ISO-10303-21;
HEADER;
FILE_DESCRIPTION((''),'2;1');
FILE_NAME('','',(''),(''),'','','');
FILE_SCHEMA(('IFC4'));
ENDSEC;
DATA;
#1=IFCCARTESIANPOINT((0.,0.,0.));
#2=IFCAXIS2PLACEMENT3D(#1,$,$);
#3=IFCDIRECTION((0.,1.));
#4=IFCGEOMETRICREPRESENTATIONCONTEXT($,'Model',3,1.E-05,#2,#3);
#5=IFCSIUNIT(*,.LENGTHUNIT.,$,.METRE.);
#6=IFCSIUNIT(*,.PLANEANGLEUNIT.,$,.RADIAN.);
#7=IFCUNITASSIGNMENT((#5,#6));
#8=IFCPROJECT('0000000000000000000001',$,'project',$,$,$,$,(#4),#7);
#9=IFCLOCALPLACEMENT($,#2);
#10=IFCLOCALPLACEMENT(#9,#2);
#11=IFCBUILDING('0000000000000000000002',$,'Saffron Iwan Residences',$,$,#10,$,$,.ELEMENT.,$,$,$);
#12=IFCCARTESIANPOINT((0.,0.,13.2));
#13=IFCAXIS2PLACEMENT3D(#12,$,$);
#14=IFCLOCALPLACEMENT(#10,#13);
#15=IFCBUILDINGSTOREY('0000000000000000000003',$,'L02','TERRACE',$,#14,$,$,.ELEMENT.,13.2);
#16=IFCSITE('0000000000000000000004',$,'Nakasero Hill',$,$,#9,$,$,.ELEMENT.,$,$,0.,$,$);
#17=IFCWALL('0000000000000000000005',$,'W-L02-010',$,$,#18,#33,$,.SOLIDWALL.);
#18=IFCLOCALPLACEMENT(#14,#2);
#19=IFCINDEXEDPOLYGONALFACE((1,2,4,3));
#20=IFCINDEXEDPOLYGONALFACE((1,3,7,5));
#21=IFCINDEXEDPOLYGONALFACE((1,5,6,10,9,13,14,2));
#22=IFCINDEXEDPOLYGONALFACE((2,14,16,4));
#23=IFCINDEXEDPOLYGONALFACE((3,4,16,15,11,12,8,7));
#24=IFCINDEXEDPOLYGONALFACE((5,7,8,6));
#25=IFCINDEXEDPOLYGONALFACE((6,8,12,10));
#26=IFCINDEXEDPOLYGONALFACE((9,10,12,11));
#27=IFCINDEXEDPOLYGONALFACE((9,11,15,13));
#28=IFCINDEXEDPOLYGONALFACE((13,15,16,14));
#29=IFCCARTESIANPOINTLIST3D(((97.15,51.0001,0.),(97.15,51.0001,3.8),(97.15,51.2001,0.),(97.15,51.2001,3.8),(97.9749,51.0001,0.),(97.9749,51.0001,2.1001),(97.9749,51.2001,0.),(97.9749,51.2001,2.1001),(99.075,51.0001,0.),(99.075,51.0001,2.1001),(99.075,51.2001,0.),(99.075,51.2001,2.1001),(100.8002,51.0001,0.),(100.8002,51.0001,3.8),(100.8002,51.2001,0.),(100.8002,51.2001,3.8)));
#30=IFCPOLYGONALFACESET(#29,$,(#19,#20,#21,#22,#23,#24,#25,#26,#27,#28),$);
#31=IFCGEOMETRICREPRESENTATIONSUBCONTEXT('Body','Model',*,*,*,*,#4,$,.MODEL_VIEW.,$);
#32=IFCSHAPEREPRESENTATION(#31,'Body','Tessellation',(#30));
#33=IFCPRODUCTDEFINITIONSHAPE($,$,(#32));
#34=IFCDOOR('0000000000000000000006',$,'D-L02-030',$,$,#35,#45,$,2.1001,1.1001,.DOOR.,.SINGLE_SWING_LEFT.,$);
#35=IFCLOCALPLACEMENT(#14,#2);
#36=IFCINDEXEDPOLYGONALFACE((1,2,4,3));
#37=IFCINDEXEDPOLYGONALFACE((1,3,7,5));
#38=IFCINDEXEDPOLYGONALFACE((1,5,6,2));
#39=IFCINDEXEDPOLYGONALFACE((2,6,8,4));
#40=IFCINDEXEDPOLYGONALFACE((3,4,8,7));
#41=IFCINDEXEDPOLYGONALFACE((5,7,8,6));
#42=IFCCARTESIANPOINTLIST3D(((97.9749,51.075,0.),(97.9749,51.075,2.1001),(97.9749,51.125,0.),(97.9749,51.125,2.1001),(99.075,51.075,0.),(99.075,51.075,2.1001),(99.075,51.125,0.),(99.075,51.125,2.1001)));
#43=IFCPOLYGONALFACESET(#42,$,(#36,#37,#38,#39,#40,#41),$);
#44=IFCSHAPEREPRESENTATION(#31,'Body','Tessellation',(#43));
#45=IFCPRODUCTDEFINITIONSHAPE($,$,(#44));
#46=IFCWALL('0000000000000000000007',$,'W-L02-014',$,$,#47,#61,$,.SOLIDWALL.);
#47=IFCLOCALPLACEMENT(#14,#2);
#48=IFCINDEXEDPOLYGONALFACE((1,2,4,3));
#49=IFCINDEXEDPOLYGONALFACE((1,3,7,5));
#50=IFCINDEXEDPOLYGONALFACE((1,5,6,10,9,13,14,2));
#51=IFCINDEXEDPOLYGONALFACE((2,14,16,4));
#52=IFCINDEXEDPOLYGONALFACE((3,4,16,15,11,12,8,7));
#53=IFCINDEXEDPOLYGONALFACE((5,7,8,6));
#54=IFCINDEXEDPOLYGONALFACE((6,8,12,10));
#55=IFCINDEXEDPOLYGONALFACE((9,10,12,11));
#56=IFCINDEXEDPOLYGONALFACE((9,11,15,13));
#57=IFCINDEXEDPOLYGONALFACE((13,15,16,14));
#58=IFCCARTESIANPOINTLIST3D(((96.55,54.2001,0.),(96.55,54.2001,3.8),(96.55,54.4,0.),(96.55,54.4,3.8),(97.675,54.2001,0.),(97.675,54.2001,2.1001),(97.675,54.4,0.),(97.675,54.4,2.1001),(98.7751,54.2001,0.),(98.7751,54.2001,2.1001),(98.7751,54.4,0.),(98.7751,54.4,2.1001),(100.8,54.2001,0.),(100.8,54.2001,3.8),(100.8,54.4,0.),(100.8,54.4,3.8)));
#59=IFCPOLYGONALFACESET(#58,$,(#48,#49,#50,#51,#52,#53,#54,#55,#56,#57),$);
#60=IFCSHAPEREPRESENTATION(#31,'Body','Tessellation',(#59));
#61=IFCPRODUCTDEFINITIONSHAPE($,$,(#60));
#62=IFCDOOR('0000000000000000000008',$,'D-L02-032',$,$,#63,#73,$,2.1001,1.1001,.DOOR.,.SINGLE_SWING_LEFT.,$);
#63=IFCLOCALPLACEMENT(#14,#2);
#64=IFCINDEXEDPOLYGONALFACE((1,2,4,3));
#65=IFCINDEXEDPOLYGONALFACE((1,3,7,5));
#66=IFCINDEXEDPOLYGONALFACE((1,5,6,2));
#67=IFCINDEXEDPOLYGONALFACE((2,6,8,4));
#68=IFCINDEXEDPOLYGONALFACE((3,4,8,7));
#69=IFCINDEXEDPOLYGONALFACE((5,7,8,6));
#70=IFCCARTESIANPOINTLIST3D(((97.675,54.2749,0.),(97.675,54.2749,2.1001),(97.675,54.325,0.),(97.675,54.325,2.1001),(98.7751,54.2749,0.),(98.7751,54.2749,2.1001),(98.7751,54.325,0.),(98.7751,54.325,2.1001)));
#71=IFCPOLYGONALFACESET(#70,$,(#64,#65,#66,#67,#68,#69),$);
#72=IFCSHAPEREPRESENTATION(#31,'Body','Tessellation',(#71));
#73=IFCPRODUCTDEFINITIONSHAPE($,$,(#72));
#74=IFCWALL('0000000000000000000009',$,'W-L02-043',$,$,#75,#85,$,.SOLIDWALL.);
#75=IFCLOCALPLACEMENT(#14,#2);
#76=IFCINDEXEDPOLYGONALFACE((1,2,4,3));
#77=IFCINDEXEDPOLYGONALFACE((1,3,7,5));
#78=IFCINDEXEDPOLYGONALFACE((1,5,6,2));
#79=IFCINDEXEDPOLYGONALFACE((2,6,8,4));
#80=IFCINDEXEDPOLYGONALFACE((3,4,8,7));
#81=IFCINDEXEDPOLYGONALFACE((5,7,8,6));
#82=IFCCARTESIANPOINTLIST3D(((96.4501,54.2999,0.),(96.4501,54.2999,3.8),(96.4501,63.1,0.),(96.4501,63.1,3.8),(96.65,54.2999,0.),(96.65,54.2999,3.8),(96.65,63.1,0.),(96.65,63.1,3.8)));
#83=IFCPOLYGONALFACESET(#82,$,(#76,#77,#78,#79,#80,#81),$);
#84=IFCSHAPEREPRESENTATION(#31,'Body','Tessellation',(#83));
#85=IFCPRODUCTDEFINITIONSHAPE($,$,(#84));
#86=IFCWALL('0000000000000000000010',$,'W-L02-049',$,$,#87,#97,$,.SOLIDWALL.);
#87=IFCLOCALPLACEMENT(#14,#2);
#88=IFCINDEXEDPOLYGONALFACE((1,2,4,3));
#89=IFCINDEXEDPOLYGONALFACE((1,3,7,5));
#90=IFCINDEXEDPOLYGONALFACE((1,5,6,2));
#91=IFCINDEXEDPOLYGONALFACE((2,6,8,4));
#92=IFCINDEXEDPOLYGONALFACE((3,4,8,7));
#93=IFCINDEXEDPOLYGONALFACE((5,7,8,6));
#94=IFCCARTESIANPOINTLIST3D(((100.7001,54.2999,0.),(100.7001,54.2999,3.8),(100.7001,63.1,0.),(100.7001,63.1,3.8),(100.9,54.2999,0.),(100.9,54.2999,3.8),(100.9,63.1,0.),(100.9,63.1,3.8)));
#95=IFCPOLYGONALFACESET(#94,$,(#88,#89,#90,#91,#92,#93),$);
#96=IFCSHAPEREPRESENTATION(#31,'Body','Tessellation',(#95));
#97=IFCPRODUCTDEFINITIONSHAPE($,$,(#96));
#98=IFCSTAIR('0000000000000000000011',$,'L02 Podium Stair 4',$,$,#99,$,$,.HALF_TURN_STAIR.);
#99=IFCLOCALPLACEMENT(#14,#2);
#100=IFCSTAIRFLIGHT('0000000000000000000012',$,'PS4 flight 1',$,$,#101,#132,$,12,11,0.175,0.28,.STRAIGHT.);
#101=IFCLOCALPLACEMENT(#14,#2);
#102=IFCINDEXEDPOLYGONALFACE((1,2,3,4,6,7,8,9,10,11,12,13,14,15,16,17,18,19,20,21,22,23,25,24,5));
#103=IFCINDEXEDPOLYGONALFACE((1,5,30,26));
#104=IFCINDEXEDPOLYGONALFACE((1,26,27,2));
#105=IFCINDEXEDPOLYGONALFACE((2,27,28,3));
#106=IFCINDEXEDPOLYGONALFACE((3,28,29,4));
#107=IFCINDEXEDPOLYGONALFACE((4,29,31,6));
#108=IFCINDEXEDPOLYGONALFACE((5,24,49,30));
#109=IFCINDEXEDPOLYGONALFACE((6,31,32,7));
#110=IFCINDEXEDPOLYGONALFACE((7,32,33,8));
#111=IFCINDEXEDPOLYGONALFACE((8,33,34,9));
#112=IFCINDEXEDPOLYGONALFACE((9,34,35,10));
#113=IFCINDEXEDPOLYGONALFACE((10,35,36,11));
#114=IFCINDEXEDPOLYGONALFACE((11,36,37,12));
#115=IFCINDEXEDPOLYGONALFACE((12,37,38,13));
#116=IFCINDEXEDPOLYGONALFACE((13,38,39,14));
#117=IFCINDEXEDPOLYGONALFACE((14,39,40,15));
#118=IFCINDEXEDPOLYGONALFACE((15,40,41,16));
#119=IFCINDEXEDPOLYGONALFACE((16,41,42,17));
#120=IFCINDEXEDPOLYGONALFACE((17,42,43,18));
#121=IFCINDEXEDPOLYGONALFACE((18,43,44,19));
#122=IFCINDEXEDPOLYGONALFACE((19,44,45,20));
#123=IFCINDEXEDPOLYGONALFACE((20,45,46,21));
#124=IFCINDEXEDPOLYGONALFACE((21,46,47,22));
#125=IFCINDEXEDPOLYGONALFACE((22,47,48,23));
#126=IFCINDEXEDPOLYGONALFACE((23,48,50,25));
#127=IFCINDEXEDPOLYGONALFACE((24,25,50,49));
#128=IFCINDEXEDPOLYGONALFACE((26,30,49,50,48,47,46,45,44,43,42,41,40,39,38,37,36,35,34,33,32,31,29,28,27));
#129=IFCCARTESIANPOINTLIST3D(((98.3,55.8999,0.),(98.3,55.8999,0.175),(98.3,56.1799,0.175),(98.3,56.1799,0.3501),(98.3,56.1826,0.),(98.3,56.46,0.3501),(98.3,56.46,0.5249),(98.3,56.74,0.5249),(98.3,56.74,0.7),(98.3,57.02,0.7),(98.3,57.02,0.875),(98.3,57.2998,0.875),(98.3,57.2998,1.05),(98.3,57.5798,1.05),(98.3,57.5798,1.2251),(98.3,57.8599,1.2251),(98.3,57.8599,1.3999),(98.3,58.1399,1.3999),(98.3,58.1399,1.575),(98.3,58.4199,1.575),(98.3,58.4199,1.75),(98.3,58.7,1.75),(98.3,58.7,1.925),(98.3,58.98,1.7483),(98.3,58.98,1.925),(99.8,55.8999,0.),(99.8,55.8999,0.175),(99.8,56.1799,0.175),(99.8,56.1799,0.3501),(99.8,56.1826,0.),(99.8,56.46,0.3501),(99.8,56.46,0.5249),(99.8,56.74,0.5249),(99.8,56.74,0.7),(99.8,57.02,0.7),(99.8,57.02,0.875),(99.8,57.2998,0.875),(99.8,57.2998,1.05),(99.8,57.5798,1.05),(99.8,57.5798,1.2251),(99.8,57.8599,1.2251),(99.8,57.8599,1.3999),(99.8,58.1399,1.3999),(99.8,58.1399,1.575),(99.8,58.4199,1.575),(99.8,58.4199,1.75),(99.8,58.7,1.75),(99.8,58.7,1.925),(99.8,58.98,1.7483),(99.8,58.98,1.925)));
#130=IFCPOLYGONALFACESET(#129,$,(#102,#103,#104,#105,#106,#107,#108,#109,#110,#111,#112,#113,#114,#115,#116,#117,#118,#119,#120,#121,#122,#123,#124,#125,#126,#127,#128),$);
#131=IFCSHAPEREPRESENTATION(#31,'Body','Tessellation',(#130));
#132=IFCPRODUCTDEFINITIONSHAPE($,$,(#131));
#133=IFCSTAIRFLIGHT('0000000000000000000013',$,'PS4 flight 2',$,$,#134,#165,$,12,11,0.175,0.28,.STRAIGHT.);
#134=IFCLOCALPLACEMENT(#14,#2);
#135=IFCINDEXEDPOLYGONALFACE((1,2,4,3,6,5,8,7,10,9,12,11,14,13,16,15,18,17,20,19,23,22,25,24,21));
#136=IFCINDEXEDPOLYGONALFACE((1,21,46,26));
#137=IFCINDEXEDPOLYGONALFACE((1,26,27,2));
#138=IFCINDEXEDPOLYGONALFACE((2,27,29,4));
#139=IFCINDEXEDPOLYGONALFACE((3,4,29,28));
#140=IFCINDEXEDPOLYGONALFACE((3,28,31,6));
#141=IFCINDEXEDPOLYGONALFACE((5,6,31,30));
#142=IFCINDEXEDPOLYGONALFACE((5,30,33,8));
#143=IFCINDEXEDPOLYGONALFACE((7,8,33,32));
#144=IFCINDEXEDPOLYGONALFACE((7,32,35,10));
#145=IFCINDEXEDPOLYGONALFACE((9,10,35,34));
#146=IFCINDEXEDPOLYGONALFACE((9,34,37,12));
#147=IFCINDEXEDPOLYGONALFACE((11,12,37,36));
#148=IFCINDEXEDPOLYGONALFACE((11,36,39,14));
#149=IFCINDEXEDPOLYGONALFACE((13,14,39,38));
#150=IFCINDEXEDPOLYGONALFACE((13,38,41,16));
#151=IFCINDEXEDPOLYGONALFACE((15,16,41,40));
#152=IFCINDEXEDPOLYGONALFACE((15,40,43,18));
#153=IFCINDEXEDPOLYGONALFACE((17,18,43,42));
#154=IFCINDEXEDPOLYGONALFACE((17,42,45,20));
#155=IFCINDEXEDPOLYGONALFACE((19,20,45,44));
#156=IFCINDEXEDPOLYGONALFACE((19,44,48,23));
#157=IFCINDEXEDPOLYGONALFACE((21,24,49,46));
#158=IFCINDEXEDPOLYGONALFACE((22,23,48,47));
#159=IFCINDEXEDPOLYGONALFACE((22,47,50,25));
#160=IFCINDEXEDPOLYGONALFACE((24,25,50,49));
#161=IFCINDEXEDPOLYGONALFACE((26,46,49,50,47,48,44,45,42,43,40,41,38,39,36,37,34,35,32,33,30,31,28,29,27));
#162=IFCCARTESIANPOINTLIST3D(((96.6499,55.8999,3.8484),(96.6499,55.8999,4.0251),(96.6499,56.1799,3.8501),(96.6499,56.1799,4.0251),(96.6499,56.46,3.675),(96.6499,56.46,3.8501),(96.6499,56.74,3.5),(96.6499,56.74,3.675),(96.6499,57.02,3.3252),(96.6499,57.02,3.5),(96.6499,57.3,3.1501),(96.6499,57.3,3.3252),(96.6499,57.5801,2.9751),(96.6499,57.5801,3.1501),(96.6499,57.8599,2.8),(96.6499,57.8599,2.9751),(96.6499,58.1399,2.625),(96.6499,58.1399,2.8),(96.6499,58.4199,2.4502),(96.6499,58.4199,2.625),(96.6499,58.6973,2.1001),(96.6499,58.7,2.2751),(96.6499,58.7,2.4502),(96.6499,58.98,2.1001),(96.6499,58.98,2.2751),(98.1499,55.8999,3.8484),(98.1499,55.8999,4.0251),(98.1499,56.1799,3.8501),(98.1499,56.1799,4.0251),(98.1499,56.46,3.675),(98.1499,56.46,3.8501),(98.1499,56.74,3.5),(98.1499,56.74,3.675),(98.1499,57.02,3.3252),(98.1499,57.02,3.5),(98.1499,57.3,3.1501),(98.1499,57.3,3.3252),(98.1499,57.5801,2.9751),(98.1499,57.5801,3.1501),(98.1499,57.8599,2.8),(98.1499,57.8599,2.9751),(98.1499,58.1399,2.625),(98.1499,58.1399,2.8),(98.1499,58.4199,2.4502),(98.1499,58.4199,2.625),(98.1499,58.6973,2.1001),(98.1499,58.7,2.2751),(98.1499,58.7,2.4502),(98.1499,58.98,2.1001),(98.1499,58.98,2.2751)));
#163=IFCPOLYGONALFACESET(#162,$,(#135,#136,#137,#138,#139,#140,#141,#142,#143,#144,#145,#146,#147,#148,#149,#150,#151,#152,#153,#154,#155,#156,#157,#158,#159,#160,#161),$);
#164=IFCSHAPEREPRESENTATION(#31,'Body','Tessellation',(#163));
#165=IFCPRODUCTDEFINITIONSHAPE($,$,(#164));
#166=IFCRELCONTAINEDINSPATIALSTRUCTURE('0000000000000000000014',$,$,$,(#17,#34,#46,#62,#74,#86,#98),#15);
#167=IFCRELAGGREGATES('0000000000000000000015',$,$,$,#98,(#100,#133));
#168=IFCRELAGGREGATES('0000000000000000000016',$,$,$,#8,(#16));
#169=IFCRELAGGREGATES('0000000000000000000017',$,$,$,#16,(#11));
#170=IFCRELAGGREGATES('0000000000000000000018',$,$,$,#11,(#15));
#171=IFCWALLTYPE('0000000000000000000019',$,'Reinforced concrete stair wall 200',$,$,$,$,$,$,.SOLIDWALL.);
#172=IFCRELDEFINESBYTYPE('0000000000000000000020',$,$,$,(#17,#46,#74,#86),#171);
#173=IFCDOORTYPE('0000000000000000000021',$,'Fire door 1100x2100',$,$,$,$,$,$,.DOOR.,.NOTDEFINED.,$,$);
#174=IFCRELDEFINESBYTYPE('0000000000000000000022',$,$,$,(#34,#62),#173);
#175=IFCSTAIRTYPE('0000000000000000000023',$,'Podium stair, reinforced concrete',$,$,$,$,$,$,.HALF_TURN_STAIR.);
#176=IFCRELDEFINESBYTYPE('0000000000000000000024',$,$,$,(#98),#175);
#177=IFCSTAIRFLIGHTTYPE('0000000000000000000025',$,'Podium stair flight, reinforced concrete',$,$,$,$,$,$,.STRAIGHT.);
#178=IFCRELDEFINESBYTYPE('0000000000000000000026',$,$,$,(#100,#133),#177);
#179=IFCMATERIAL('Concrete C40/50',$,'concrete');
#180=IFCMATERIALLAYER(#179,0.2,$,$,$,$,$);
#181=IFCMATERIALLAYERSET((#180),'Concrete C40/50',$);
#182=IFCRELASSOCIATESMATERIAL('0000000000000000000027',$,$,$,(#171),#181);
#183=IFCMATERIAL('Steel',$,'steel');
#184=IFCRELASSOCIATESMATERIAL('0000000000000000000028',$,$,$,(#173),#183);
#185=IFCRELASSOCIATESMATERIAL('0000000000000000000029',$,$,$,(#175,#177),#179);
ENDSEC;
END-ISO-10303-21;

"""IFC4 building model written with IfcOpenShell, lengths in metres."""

from ifc_helpers import new_model, si_unit, direction, frame, frame_2d, origin, place, context, subcontext, project, spatial, polyline, rectangle, outline, extrude, material, layer, layer_set, type_object, element, fill, aggregate, save


model = new_model("IFC4")

# Units and contexts
model_context = context("Model", 3, precision=1e-05, world=origin(), true_north=direction((0.0, 1.0)))
body_context = subcontext(model_context, "Body", "Model", "MODEL_VIEW")
ifc_project = project(units=[si_unit("LENGTHUNIT", "METRE"), si_unit("PLANEANGLEUNIT", "RADIAN")], contexts=[model_context])

# Site, building, storey
site_placement = place(None, origin())
site = spatial("IfcSite", under=ifc_project, at=site_placement, Name="Nakasero Hill", CompositionType="ELEMENT", RefElevation=0.0)
building_placement = place(site_placement, origin())
building = spatial("IfcBuilding", under=site, at=building_placement, Name="Saffron Iwan Residences", CompositionType="ELEMENT")
storey_placement = place(building_placement, frame((0.0, 0.0, 13.2)))
storey = spatial("IfcBuildingStorey", under=building, at=storey_placement, Name="L02", Description="TERRACE", CompositionType="ELEMENT", Elevation=13.2)

# Shared definitions
ifc_material_1 = material(Name="Concrete C40/50", Category="concrete")

# Walls, openings, doors
ifc_layer_1 = layer(ifc_material_1, 0.2)
ifc_layer_set_1 = layer_set([ifc_layer_1], Name="Concrete C40/50")
wall_type_1 = type_object("IfcWallType", Name="Reinforced concrete stair wall 200", PredefinedType="SOLIDWALL", material=ifc_layer_set_1)
wall_1_placement = place(storey_placement, frame((97.1499, 51.1001, 0.0), z_axis=(0.0, 0.0, 1.0), x_axis=(1.0, 0.0, 0.0)))
wall_1 = element("IfcWall", 1, at=wall_1_placement, inside=storey, type_object=wall_type_1, Name="W-L02-010", PredefinedType="SOLIDWALL", context=body_context, shape_type="SweptSolid", body=[
    extrude(rectangle(XDim=3.6501, YDim=0.2, at=frame_2d((1.8252, 0.0))), origin(), (0.0, 0.0, 1.0), 3.8),
])
opening_1_placement = place(wall_1_placement, frame((0.825, 0.0, 0.0)))
opening_1 = element("IfcOpeningElement", 2, at=opening_1_placement, cuts=wall_1, PredefinedType="OPENING", context=body_context, shape_type="SweptSolid", body=[
    extrude(rectangle(XDim=1.1001, YDim=2.1001, at=frame_2d((0.55, 1.05))), frame((0.0, 0.1099, 0.0), z_axis=(0.0, -1.0, 0.0), x_axis=(1.0, 0.0, 0.0)), (0.0, 0.0, 1.0), 0.22),
])
ifc_material_2 = material(Name="Steel", Category="steel")
door_type_1 = type_object("IfcDoorType", Name="Fire door 1100x2100", OperationType="NOTDEFINED", PredefinedType="DOOR", material=ifc_material_2)
door_1_placement = place(opening_1_placement, origin())
door_1 = element("IfcDoor", 3, at=door_1_placement, inside=storey, type_object=door_type_1, Name="D-L02-030", OperationType="SINGLE_SWING_LEFT", OverallHeight=2.1001, OverallWidth=1.1001, PredefinedType="DOOR", context=body_context, shape_type="SweptSolid", body=[
    extrude(rectangle(XDim=1.1001, YDim=2.1001, at=frame_2d((0.55, 1.05))), frame((0.0, 0.0249, 0.0), z_axis=(0.0, -1.0, 0.0), x_axis=(1.0, 0.0, 0.0)), (0.0, 0.0, 1.0), 0.05),
])
fill(opening_1, door_1)
wall_2_placement = place(storey_placement, frame((96.55, 54.3, 0.0), z_axis=(0.0, 0.0, 1.0), x_axis=(1.0, 0.0, 0.0)))
wall_2 = element("IfcWall", 4, at=wall_2_placement, inside=storey, type_object=wall_type_1, Name="W-L02-014", PredefinedType="SOLIDWALL", context=body_context, shape_type="SweptSolid", body=[
    extrude(rectangle(XDim=4.25, YDim=0.2, at=frame_2d((2.125, 0.0))), origin(), (0.0, 0.0, 1.0), 3.8),
])
opening_2_placement = place(wall_2_placement, frame((1.125, 0.0, 0.0)))
opening_2 = element("IfcOpeningElement", 5, at=opening_2_placement, cuts=wall_2, PredefinedType="OPENING", context=body_context, shape_type="SweptSolid", body=[
    extrude(rectangle(XDim=1.1001, YDim=2.1001, at=frame_2d((0.55, 1.05))), frame((0.0, 0.1099, 0.0), z_axis=(0.0, -1.0, 0.0), x_axis=(1.0, 0.0, 0.0)), (0.0, 0.0, 1.0), 0.22),
])
door_2_placement = place(opening_2_placement, origin())
door_2 = element("IfcDoor", 6, at=door_2_placement, inside=storey, type_object=door_type_1, Name="D-L02-032", OperationType="SINGLE_SWING_LEFT", OverallHeight=2.1001, OverallWidth=1.1001, PredefinedType="DOOR", context=body_context, shape_type="SweptSolid", body=[
    extrude(rectangle(XDim=1.1001, YDim=2.1001, at=frame_2d((0.55, 1.05))), frame((0.0, 0.0249, 0.0), z_axis=(0.0, -1.0, 0.0), x_axis=(1.0, 0.0, 0.0)), (0.0, 0.0, 1.0), 0.05),
])
fill(opening_2, door_2)

# Walls
for number, where, z_axis, x_axis, name in (
    (7, (96.55, 54.3, 0.0), (0.0, 0.0, 1.0), (0.0, 1.0, 0.0), "W-L02-043"),
    (8, (100.8, 54.3, 0.0), (0.0, 0.0, 1.0), (0.0, 1.0, 0.0), "W-L02-049"),
):
    element("IfcWall", number, at=place(storey_placement, frame(where, z_axis=z_axis, x_axis=x_axis)), inside=storey, type_object=wall_type_1, Name=name, PredefinedType="SOLIDWALL", context=body_context, shape_type="SweptSolid", body=[
        extrude(rectangle(XDim=8.8, YDim=0.2, at=frame_2d((4.3999, 0.0))), origin(), (0.0, 0.0, 1.0), 3.8),
    ])

# Stair, stair flights
stair_type = type_object("IfcStairType", Name="Podium stair, reinforced concrete", PredefinedType="HALF_TURN_STAIR", material=ifc_material_1)
stair_placement = place(storey_placement, origin())
stair = element("IfcStair", 9, at=stair_placement, inside=storey, type_object=stair_type, Name="L02 Podium Stair 4", PredefinedType="HALF_TURN_STAIR")
stair_flight_type = type_object("IfcStairFlightType", Name="Podium stair flight, reinforced concrete", PredefinedType="STRAIGHT", material=ifc_material_1)
stair_flight_1_placement = place(storey_placement, frame((99.05, 55.8999, 0.0), z_axis=(0.0, 0.0, 1.0), x_axis=(0.0, 1.0, 0.0)))
stair_flight_1 = element("IfcStairFlight", 10, at=stair_flight_1_placement, type_object=stair_flight_type, Name="PS4 flight 1", NumberOfRisers=12, NumberOfTreads=11, PredefinedType="STRAIGHT", RiserHeight=0.175, TreadLength=0.28, context=body_context, shape_type="SweptSolid", body=[
    extrude(outline(polyline([(0.0, 0.0), (0.0, 0.175), (0.28, 0.175), (0.28, 0.3501), (0.5601, 0.3501), (0.5601, 0.5249), (0.8401, 0.5249), (0.8401, 0.7), (1.1201, 0.7), (1.1201, 0.875), (1.3999, 0.875), (1.3999, 1.05), (1.6799, 1.05), (1.6799, 1.2251), (1.96, 1.2251), (1.96, 1.3999), (2.24, 1.3999), (2.24, 1.575), (2.52, 1.575), (2.52, 1.75), (2.8, 1.75), (2.8, 1.925), (3.0801, 1.925), (3.0801, 2.1001), (3.0801, 1.7483), (0.2827, 0.0), (0.0, 0.0)])), frame((0.0, 0.75, 0.0), z_axis=(0.0, -1.0, 0.0), x_axis=(1.0, 0.0, 0.0)), (0.0, 0.0, 1.0), 1.5),
])
stair_flight_2_placement = place(storey_placement, frame((97.3999, 58.98, 2.1001), z_axis=(0.0, 0.0, 1.0), x_axis=(0.0, -1.0, 0.0)))
stair_flight_2 = element("IfcStairFlight", 11, at=stair_flight_2_placement, type_object=stair_flight_type, Name="PS4 flight 2", NumberOfRisers=12, NumberOfTreads=11, PredefinedType="STRAIGHT", RiserHeight=0.175, TreadLength=0.28, context=body_context, shape_type="SweptSolid", body=[
    extrude(outline(polyline([(0.0, 0.0), (0.0, 0.175), (0.28, 0.175), (0.28, 0.3501), (0.5601, 0.3501), (0.5601, 0.5249), (0.8401, 0.5249), (0.8401, 0.7), (1.1201, 0.7), (1.1201, 0.875), (1.3999, 0.875), (1.3999, 1.05), (1.6799, 1.05), (1.6799, 1.2251), (1.96, 1.2251), (1.96, 1.3999), (2.24, 1.3999), (2.24, 1.575), (2.52, 1.575), (2.52, 1.75), (2.8, 1.75), (2.8, 1.925), (3.0801, 1.925), (3.0801, 2.1001), (3.0801, 1.7483), (0.2827, 0.0), (0.0, 0.0)])), frame((0.0, 0.75, 0.0), z_axis=(0.0, -1.0, 0.0), x_axis=(1.0, 0.0, 0.0)), (0.0, 0.0, 1.0), 1.5),
])
aggregate(stair, [stair_flight_1, stair_flight_2])

save(model, "model.ifc")
